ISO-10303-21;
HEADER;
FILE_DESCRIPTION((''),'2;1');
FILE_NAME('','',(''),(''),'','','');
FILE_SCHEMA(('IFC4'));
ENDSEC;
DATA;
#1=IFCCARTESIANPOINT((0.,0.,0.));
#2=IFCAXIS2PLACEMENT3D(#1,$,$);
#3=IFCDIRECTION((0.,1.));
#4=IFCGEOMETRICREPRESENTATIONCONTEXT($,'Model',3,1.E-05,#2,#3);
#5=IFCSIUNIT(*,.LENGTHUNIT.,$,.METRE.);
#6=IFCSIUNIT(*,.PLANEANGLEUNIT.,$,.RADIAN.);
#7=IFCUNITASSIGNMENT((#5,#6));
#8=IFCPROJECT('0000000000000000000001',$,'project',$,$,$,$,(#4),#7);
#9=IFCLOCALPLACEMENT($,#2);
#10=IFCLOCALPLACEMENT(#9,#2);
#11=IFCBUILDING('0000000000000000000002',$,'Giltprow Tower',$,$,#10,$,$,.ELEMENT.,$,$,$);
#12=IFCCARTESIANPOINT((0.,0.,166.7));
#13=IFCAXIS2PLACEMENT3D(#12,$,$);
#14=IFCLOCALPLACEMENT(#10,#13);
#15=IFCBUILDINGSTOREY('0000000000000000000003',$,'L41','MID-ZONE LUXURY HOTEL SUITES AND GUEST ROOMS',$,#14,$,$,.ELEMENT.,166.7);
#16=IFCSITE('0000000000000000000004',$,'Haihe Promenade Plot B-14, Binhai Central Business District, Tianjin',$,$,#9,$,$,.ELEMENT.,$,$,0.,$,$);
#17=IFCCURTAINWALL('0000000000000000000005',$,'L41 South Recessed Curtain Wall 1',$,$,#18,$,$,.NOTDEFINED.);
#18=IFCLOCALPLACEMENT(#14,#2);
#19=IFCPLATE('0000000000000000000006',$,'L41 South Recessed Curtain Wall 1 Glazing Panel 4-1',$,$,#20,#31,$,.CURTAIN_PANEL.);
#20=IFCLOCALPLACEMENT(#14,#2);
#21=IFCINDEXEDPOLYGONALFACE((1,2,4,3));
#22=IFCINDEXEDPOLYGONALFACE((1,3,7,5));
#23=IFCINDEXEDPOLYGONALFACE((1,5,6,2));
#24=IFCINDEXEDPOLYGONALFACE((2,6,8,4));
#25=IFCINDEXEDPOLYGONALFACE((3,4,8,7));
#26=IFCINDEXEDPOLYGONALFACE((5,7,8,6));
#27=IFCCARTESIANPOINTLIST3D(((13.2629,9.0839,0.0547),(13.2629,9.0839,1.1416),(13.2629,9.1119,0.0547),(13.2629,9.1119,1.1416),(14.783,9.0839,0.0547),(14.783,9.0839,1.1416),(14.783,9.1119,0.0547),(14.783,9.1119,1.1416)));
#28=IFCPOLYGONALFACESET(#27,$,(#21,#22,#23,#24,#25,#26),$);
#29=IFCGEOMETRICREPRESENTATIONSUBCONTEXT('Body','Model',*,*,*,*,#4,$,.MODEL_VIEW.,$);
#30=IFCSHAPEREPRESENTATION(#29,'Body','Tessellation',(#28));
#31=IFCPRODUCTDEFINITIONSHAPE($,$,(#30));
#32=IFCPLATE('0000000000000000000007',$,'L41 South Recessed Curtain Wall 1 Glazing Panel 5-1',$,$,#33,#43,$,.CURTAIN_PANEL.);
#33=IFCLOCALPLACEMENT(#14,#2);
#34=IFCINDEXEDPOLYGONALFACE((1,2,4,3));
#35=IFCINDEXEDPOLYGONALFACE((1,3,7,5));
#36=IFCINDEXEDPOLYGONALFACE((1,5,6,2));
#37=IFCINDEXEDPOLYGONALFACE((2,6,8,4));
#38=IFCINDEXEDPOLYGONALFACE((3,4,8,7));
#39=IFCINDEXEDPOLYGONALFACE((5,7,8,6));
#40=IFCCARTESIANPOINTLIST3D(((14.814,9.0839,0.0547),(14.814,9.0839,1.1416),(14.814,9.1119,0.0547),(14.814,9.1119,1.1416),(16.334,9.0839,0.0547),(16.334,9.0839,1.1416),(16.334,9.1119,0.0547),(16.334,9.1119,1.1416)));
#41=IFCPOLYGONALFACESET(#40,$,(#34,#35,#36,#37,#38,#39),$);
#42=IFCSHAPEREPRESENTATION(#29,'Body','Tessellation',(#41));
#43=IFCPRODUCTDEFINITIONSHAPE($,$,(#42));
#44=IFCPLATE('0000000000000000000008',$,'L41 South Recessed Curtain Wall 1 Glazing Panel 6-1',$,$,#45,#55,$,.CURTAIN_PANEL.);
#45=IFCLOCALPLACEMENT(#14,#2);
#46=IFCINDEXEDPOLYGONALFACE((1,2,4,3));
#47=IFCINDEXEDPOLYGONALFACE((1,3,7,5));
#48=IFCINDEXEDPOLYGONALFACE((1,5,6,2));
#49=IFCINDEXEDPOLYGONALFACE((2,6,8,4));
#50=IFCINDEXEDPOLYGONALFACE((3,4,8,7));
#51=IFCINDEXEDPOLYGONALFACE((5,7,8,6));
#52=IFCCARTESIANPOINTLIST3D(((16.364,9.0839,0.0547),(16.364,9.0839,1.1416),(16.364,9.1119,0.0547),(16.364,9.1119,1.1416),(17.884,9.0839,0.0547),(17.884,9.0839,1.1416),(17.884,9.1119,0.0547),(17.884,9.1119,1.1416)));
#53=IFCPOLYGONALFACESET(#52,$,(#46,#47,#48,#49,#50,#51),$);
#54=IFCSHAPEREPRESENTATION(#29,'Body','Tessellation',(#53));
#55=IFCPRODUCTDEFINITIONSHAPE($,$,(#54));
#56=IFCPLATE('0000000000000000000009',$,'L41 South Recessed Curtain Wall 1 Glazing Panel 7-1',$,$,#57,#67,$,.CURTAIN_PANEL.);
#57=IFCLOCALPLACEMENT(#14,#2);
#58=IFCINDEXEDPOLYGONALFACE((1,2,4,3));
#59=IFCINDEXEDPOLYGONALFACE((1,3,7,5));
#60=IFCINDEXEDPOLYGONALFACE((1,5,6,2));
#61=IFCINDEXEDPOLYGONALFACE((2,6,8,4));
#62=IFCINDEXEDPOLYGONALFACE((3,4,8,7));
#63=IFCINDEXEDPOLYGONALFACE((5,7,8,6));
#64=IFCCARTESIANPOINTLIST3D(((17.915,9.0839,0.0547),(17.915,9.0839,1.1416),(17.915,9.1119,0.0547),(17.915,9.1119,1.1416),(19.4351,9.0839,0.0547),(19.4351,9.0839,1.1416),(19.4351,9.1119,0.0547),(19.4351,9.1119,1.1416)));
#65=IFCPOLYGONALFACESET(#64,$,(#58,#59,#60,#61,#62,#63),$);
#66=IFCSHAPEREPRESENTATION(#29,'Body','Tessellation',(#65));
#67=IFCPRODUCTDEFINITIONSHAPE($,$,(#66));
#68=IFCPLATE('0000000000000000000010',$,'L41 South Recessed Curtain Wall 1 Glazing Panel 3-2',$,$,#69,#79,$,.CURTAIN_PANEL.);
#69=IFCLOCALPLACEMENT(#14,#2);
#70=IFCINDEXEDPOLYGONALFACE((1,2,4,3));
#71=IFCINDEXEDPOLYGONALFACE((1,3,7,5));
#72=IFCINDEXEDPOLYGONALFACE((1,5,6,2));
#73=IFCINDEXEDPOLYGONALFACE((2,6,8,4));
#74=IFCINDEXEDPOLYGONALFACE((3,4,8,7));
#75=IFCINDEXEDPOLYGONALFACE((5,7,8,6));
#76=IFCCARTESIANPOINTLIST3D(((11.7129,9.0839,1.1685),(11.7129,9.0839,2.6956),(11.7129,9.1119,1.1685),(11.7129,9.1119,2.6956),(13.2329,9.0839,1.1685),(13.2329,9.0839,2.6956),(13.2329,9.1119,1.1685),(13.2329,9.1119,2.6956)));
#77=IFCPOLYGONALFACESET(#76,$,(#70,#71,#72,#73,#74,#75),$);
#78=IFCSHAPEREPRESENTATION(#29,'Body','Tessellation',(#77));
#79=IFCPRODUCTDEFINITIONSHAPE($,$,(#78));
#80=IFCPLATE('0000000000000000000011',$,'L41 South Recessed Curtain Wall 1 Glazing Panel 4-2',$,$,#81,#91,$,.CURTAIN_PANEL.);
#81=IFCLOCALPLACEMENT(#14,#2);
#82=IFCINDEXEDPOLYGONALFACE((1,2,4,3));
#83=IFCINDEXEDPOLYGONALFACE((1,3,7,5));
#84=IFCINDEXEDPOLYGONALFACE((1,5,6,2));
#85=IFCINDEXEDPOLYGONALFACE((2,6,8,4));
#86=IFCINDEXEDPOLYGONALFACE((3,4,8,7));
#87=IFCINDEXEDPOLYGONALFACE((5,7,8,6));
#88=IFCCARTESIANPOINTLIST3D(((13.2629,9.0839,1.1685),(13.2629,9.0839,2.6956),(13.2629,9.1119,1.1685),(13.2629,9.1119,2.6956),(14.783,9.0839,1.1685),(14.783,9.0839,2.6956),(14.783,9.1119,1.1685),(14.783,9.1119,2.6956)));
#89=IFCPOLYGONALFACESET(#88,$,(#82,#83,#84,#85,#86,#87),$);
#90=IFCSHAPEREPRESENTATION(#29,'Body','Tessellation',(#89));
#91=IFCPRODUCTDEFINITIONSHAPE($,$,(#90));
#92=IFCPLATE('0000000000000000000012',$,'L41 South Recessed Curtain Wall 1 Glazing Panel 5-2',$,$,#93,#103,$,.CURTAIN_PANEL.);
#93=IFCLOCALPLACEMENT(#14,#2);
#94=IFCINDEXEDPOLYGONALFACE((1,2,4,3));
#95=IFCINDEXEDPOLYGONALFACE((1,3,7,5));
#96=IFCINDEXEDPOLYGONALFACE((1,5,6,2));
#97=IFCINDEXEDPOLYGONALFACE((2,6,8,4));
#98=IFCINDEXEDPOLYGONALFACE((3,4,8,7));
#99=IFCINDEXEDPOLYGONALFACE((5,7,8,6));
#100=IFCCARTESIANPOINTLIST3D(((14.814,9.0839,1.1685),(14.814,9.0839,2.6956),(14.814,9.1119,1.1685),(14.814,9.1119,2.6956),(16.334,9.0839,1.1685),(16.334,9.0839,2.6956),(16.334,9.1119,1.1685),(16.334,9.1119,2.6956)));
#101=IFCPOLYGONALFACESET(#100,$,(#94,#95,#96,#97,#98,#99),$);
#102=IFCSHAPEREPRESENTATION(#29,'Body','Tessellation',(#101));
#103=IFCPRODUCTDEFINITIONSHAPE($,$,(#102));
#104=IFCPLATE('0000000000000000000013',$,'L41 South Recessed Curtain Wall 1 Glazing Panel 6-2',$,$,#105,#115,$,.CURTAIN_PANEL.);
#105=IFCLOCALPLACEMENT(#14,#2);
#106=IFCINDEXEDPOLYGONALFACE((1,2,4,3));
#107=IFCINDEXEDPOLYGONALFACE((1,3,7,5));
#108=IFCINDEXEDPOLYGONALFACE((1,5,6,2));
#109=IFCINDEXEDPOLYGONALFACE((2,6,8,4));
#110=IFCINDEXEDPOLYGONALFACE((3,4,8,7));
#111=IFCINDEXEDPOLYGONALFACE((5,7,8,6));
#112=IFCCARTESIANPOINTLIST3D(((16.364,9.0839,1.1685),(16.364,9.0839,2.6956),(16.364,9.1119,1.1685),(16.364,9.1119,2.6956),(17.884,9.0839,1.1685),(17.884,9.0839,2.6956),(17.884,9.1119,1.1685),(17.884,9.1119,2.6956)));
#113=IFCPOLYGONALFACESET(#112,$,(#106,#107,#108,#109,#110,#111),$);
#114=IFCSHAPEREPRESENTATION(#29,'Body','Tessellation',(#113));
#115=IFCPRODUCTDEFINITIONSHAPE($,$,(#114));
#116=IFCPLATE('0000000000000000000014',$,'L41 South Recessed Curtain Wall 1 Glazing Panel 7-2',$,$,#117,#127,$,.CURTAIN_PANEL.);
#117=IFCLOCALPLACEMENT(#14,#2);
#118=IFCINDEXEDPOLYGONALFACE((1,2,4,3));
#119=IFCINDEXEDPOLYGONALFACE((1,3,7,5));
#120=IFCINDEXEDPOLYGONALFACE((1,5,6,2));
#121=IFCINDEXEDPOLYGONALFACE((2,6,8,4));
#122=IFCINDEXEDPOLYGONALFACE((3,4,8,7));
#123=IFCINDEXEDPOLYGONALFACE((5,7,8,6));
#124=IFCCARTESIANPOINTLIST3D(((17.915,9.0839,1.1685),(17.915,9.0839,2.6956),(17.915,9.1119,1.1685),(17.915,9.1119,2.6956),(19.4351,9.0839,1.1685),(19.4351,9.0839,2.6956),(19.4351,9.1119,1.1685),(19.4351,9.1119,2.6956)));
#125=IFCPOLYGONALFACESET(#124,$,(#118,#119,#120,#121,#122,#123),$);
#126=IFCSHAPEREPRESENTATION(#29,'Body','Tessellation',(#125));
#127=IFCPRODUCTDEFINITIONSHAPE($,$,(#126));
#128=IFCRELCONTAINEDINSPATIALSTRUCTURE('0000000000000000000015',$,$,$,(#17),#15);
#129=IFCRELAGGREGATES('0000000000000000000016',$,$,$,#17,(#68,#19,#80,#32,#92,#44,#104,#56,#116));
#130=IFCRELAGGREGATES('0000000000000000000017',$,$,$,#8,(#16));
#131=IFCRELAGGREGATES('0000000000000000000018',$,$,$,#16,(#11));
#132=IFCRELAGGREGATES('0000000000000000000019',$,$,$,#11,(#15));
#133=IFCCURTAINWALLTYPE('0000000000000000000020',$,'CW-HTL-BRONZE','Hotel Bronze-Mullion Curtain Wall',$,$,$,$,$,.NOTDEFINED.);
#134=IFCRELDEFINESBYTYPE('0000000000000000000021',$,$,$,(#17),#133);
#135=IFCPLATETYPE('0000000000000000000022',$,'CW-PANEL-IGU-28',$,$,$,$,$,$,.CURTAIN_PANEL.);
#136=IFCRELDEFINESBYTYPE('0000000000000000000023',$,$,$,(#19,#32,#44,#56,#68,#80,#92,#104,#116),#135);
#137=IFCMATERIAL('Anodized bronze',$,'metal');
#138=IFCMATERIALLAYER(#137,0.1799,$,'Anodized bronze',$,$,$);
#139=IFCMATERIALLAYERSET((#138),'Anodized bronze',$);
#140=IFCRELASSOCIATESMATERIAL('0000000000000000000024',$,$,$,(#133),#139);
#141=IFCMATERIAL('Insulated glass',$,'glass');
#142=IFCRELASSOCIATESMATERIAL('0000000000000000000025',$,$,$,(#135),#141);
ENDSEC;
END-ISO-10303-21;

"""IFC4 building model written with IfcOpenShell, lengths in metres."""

from ifc_helpers import new_model, si_unit, direction, frame, origin, origin_2d, place, context, subcontext, project, spatial, rectangle, extrude, source, transform, mapped, material, layer, layer_set, type_object, element, aggregate, save


model = new_model("IFC4")

# Units and contexts
model_context = context("Model", 3, precision=1e-05, world=origin(), true_north=direction((0.0, 1.0)))
body_context = subcontext(model_context, "Body", "Model", "MODEL_VIEW")
ifc_project = project(units=[si_unit("LENGTHUNIT", "METRE"), si_unit("PLANEANGLEUNIT", "RADIAN")], contexts=[model_context])

# Site, building, storey
site_placement = place(None, origin())
site = spatial("IfcSite", under=ifc_project, at=site_placement, Name="Haihe Promenade Plot B-14, Binhai Central Business District, Tianjin", CompositionType="ELEMENT", RefElevation=0.0)
building_placement = place(site_placement, origin())
building = spatial("IfcBuilding", under=site, at=building_placement, Name="Giltprow Tower", CompositionType="ELEMENT")
storey_placement = place(building_placement, frame((0.0, 0.0, 166.7)))
storey = spatial("IfcBuildingStorey", under=building, at=storey_placement, Name="L41", Description="MID-ZONE LUXURY HOTEL SUITES AND GUEST ROOMS", CompositionType="ELEMENT", Elevation=166.7)

# Curtain wall
ifc_material_1 = material(Name="Anodized bronze", Category="metal")
ifc_layer = layer(ifc_material_1, 0.1799, Name="Anodized bronze")
ifc_layer_set = layer_set([ifc_layer], Name="Anodized bronze")
curtain_wall_type = type_object("IfcCurtainWallType", Name="CW-HTL-BRONZE", Description="Hotel Bronze-Mullion Curtain Wall", PredefinedType="NOTDEFINED", material=ifc_layer_set)
curtain_wall_placement = place(storey_placement, origin())
curtain_wall = element("IfcCurtainWall", 1, at=curtain_wall_placement, inside=storey, type_object=curtain_wall_type, Name="L41 South Recessed Curtain Wall 1", PredefinedType="NOTDEFINED")

# Plates
ifc_material_2 = material(Name="Insulated glass", Category="glass")
plate_type_1 = type_object("IfcPlateType", Name="CW-PANEL-IGU-28", PredefinedType="CURTAIN_PANEL", material=ifc_material_2)
shared_shape_1 = source(origin(), body_context, "Body", "SweptSolid", [
    extrude(rectangle(XDim=1.52, YDim=0.0281, at=origin_2d()), origin(), (0.0, 0.0, 1.0), 1.0869),
])
plate_1_placement = place(storey_placement, frame((14.0229, 9.0979, 0.0547), z_axis=(0.0, 0.0, 1.0), x_axis=(1.0, 0.0, 0.0)))
plate_1 = element("IfcPlate", 2, at=plate_1_placement, type_object=plate_type_1, Name="L41 South Recessed Curtain Wall 1 Glazing Panel 4-1", PredefinedType="CURTAIN_PANEL", context=body_context, shape_type="MappedRepresentation", body=[
    mapped(shared_shape_1, transform((0.0, 0.0, 0.0), x_axis=(1.0, 0.0, 0.0), y_axis=(0.0, 1.0, 0.0), z_axis=(0.0, 0.0, 1.0), scale=1.0)),
])
plate_2_placement = place(storey_placement, frame((15.574, 9.0979, 0.0547), z_axis=(0.0, 0.0, 1.0), x_axis=(1.0, 0.0, 0.0)))
plate_2 = element("IfcPlate", 3, at=plate_2_placement, type_object=plate_type_1, Name="L41 South Recessed Curtain Wall 1 Glazing Panel 5-1", PredefinedType="CURTAIN_PANEL", context=body_context, shape_type="MappedRepresentation", body=[
    mapped(shared_shape_1, transform((0.0, 0.0, 0.0), x_axis=(1.0, 0.0, 0.0), y_axis=(0.0, 1.0, 0.0), z_axis=(0.0, 0.0, 1.0), scale=1.0)),
])
plate_3_placement = place(storey_placement, frame((17.124, 9.0979, 0.0547), z_axis=(0.0, 0.0, 1.0), x_axis=(1.0, 0.0, 0.0)))
plate_3 = element("IfcPlate", 4, at=plate_3_placement, type_object=plate_type_1, Name="L41 South Recessed Curtain Wall 1 Glazing Panel 6-1", PredefinedType="CURTAIN_PANEL", context=body_context, shape_type="MappedRepresentation", body=[
    mapped(shared_shape_1, transform((0.0, 0.0, 0.0), x_axis=(1.0, 0.0, 0.0), y_axis=(0.0, 1.0, 0.0), z_axis=(0.0, 0.0, 1.0), scale=1.0)),
])
plate_4_placement = place(storey_placement, frame((18.675, 9.0979, 0.0547), z_axis=(0.0, 0.0, 1.0), x_axis=(1.0, 0.0, 0.0)))
plate_4 = element("IfcPlate", 5, at=plate_4_placement, type_object=plate_type_1, Name="L41 South Recessed Curtain Wall 1 Glazing Panel 7-1", PredefinedType="CURTAIN_PANEL", context=body_context, shape_type="MappedRepresentation", body=[
    mapped(shared_shape_1, transform((0.0, 0.0, 0.0), x_axis=(1.0, 0.0, 0.0), y_axis=(0.0, 1.0, 0.0), z_axis=(0.0, 0.0, 1.0), scale=1.0)),
])
shared_shape_2 = source(origin(), body_context, "Body", "SweptSolid", [
    extrude(rectangle(XDim=1.52, YDim=0.0281, at=origin_2d()), origin(), (0.0, 0.0, 1.0), 1.5271),
])
plate_5_placement = place(storey_placement, frame((12.4729, 9.0979, 1.1685), z_axis=(0.0, 0.0, 1.0), x_axis=(1.0, 0.0, 0.0)))
plate_5 = element("IfcPlate", 6, at=plate_5_placement, type_object=plate_type_1, Name="L41 South Recessed Curtain Wall 1 Glazing Panel 3-2", PredefinedType="CURTAIN_PANEL", context=body_context, shape_type="MappedRepresentation", body=[
    mapped(shared_shape_2, transform((0.0, 0.0, 0.0), x_axis=(1.0, 0.0, 0.0), y_axis=(0.0, 1.0, 0.0), z_axis=(0.0, 0.0, 1.0), scale=1.0)),
])
plate_6_placement = place(storey_placement, frame((14.0229, 9.0979, 1.1685), z_axis=(0.0, 0.0, 1.0), x_axis=(1.0, 0.0, 0.0)))
plate_6 = element("IfcPlate", 7, at=plate_6_placement, type_object=plate_type_1, Name="L41 South Recessed Curtain Wall 1 Glazing Panel 4-2", PredefinedType="CURTAIN_PANEL", context=body_context, shape_type="MappedRepresentation", body=[
    mapped(shared_shape_2, transform((0.0, 0.0, 0.0), x_axis=(1.0, 0.0, 0.0), y_axis=(0.0, 1.0, 0.0), z_axis=(0.0, 0.0, 1.0), scale=1.0)),
])
plate_7_placement = place(storey_placement, frame((15.574, 9.0979, 1.1685), z_axis=(0.0, 0.0, 1.0), x_axis=(1.0, 0.0, 0.0)))
plate_7 = element("IfcPlate", 8, at=plate_7_placement, type_object=plate_type_1, Name="L41 South Recessed Curtain Wall 1 Glazing Panel 5-2", PredefinedType="CURTAIN_PANEL", context=body_context, shape_type="MappedRepresentation", body=[
    mapped(shared_shape_2, transform((0.0, 0.0, 0.0), x_axis=(1.0, 0.0, 0.0), y_axis=(0.0, 1.0, 0.0), z_axis=(0.0, 0.0, 1.0), scale=1.0)),
])
plate_8_placement = place(storey_placement, frame((17.124, 9.0979, 1.1685), z_axis=(0.0, 0.0, 1.0), x_axis=(1.0, 0.0, 0.0)))
plate_8 = element("IfcPlate", 9, at=plate_8_placement, type_object=plate_type_1, Name="L41 South Recessed Curtain Wall 1 Glazing Panel 6-2", PredefinedType="CURTAIN_PANEL", context=body_context, shape_type="MappedRepresentation", body=[
    mapped(shared_shape_2, transform((0.0, 0.0, 0.0), x_axis=(1.0, 0.0, 0.0), y_axis=(0.0, 1.0, 0.0), z_axis=(0.0, 0.0, 1.0), scale=1.0)),
])
plate_9_placement = place(storey_placement, frame((18.675, 9.0979, 1.1685), z_axis=(0.0, 0.0, 1.0), x_axis=(1.0, 0.0, 0.0)))
plate_9 = element("IfcPlate", 10, at=plate_9_placement, type_object=plate_type_1, Name="L41 South Recessed Curtain Wall 1 Glazing Panel 7-2", PredefinedType="CURTAIN_PANEL", context=body_context, shape_type="MappedRepresentation", body=[
    mapped(shared_shape_2, transform((0.0, 0.0, 0.0), x_axis=(1.0, 0.0, 0.0), y_axis=(0.0, 1.0, 0.0), z_axis=(0.0, 0.0, 1.0), scale=1.0)),
])
aggregate(curtain_wall, [plate_5, plate_1, plate_6, plate_2, plate_7, plate_3, plate_8, plate_4, plate_9])

save(model, "model.ifc")
